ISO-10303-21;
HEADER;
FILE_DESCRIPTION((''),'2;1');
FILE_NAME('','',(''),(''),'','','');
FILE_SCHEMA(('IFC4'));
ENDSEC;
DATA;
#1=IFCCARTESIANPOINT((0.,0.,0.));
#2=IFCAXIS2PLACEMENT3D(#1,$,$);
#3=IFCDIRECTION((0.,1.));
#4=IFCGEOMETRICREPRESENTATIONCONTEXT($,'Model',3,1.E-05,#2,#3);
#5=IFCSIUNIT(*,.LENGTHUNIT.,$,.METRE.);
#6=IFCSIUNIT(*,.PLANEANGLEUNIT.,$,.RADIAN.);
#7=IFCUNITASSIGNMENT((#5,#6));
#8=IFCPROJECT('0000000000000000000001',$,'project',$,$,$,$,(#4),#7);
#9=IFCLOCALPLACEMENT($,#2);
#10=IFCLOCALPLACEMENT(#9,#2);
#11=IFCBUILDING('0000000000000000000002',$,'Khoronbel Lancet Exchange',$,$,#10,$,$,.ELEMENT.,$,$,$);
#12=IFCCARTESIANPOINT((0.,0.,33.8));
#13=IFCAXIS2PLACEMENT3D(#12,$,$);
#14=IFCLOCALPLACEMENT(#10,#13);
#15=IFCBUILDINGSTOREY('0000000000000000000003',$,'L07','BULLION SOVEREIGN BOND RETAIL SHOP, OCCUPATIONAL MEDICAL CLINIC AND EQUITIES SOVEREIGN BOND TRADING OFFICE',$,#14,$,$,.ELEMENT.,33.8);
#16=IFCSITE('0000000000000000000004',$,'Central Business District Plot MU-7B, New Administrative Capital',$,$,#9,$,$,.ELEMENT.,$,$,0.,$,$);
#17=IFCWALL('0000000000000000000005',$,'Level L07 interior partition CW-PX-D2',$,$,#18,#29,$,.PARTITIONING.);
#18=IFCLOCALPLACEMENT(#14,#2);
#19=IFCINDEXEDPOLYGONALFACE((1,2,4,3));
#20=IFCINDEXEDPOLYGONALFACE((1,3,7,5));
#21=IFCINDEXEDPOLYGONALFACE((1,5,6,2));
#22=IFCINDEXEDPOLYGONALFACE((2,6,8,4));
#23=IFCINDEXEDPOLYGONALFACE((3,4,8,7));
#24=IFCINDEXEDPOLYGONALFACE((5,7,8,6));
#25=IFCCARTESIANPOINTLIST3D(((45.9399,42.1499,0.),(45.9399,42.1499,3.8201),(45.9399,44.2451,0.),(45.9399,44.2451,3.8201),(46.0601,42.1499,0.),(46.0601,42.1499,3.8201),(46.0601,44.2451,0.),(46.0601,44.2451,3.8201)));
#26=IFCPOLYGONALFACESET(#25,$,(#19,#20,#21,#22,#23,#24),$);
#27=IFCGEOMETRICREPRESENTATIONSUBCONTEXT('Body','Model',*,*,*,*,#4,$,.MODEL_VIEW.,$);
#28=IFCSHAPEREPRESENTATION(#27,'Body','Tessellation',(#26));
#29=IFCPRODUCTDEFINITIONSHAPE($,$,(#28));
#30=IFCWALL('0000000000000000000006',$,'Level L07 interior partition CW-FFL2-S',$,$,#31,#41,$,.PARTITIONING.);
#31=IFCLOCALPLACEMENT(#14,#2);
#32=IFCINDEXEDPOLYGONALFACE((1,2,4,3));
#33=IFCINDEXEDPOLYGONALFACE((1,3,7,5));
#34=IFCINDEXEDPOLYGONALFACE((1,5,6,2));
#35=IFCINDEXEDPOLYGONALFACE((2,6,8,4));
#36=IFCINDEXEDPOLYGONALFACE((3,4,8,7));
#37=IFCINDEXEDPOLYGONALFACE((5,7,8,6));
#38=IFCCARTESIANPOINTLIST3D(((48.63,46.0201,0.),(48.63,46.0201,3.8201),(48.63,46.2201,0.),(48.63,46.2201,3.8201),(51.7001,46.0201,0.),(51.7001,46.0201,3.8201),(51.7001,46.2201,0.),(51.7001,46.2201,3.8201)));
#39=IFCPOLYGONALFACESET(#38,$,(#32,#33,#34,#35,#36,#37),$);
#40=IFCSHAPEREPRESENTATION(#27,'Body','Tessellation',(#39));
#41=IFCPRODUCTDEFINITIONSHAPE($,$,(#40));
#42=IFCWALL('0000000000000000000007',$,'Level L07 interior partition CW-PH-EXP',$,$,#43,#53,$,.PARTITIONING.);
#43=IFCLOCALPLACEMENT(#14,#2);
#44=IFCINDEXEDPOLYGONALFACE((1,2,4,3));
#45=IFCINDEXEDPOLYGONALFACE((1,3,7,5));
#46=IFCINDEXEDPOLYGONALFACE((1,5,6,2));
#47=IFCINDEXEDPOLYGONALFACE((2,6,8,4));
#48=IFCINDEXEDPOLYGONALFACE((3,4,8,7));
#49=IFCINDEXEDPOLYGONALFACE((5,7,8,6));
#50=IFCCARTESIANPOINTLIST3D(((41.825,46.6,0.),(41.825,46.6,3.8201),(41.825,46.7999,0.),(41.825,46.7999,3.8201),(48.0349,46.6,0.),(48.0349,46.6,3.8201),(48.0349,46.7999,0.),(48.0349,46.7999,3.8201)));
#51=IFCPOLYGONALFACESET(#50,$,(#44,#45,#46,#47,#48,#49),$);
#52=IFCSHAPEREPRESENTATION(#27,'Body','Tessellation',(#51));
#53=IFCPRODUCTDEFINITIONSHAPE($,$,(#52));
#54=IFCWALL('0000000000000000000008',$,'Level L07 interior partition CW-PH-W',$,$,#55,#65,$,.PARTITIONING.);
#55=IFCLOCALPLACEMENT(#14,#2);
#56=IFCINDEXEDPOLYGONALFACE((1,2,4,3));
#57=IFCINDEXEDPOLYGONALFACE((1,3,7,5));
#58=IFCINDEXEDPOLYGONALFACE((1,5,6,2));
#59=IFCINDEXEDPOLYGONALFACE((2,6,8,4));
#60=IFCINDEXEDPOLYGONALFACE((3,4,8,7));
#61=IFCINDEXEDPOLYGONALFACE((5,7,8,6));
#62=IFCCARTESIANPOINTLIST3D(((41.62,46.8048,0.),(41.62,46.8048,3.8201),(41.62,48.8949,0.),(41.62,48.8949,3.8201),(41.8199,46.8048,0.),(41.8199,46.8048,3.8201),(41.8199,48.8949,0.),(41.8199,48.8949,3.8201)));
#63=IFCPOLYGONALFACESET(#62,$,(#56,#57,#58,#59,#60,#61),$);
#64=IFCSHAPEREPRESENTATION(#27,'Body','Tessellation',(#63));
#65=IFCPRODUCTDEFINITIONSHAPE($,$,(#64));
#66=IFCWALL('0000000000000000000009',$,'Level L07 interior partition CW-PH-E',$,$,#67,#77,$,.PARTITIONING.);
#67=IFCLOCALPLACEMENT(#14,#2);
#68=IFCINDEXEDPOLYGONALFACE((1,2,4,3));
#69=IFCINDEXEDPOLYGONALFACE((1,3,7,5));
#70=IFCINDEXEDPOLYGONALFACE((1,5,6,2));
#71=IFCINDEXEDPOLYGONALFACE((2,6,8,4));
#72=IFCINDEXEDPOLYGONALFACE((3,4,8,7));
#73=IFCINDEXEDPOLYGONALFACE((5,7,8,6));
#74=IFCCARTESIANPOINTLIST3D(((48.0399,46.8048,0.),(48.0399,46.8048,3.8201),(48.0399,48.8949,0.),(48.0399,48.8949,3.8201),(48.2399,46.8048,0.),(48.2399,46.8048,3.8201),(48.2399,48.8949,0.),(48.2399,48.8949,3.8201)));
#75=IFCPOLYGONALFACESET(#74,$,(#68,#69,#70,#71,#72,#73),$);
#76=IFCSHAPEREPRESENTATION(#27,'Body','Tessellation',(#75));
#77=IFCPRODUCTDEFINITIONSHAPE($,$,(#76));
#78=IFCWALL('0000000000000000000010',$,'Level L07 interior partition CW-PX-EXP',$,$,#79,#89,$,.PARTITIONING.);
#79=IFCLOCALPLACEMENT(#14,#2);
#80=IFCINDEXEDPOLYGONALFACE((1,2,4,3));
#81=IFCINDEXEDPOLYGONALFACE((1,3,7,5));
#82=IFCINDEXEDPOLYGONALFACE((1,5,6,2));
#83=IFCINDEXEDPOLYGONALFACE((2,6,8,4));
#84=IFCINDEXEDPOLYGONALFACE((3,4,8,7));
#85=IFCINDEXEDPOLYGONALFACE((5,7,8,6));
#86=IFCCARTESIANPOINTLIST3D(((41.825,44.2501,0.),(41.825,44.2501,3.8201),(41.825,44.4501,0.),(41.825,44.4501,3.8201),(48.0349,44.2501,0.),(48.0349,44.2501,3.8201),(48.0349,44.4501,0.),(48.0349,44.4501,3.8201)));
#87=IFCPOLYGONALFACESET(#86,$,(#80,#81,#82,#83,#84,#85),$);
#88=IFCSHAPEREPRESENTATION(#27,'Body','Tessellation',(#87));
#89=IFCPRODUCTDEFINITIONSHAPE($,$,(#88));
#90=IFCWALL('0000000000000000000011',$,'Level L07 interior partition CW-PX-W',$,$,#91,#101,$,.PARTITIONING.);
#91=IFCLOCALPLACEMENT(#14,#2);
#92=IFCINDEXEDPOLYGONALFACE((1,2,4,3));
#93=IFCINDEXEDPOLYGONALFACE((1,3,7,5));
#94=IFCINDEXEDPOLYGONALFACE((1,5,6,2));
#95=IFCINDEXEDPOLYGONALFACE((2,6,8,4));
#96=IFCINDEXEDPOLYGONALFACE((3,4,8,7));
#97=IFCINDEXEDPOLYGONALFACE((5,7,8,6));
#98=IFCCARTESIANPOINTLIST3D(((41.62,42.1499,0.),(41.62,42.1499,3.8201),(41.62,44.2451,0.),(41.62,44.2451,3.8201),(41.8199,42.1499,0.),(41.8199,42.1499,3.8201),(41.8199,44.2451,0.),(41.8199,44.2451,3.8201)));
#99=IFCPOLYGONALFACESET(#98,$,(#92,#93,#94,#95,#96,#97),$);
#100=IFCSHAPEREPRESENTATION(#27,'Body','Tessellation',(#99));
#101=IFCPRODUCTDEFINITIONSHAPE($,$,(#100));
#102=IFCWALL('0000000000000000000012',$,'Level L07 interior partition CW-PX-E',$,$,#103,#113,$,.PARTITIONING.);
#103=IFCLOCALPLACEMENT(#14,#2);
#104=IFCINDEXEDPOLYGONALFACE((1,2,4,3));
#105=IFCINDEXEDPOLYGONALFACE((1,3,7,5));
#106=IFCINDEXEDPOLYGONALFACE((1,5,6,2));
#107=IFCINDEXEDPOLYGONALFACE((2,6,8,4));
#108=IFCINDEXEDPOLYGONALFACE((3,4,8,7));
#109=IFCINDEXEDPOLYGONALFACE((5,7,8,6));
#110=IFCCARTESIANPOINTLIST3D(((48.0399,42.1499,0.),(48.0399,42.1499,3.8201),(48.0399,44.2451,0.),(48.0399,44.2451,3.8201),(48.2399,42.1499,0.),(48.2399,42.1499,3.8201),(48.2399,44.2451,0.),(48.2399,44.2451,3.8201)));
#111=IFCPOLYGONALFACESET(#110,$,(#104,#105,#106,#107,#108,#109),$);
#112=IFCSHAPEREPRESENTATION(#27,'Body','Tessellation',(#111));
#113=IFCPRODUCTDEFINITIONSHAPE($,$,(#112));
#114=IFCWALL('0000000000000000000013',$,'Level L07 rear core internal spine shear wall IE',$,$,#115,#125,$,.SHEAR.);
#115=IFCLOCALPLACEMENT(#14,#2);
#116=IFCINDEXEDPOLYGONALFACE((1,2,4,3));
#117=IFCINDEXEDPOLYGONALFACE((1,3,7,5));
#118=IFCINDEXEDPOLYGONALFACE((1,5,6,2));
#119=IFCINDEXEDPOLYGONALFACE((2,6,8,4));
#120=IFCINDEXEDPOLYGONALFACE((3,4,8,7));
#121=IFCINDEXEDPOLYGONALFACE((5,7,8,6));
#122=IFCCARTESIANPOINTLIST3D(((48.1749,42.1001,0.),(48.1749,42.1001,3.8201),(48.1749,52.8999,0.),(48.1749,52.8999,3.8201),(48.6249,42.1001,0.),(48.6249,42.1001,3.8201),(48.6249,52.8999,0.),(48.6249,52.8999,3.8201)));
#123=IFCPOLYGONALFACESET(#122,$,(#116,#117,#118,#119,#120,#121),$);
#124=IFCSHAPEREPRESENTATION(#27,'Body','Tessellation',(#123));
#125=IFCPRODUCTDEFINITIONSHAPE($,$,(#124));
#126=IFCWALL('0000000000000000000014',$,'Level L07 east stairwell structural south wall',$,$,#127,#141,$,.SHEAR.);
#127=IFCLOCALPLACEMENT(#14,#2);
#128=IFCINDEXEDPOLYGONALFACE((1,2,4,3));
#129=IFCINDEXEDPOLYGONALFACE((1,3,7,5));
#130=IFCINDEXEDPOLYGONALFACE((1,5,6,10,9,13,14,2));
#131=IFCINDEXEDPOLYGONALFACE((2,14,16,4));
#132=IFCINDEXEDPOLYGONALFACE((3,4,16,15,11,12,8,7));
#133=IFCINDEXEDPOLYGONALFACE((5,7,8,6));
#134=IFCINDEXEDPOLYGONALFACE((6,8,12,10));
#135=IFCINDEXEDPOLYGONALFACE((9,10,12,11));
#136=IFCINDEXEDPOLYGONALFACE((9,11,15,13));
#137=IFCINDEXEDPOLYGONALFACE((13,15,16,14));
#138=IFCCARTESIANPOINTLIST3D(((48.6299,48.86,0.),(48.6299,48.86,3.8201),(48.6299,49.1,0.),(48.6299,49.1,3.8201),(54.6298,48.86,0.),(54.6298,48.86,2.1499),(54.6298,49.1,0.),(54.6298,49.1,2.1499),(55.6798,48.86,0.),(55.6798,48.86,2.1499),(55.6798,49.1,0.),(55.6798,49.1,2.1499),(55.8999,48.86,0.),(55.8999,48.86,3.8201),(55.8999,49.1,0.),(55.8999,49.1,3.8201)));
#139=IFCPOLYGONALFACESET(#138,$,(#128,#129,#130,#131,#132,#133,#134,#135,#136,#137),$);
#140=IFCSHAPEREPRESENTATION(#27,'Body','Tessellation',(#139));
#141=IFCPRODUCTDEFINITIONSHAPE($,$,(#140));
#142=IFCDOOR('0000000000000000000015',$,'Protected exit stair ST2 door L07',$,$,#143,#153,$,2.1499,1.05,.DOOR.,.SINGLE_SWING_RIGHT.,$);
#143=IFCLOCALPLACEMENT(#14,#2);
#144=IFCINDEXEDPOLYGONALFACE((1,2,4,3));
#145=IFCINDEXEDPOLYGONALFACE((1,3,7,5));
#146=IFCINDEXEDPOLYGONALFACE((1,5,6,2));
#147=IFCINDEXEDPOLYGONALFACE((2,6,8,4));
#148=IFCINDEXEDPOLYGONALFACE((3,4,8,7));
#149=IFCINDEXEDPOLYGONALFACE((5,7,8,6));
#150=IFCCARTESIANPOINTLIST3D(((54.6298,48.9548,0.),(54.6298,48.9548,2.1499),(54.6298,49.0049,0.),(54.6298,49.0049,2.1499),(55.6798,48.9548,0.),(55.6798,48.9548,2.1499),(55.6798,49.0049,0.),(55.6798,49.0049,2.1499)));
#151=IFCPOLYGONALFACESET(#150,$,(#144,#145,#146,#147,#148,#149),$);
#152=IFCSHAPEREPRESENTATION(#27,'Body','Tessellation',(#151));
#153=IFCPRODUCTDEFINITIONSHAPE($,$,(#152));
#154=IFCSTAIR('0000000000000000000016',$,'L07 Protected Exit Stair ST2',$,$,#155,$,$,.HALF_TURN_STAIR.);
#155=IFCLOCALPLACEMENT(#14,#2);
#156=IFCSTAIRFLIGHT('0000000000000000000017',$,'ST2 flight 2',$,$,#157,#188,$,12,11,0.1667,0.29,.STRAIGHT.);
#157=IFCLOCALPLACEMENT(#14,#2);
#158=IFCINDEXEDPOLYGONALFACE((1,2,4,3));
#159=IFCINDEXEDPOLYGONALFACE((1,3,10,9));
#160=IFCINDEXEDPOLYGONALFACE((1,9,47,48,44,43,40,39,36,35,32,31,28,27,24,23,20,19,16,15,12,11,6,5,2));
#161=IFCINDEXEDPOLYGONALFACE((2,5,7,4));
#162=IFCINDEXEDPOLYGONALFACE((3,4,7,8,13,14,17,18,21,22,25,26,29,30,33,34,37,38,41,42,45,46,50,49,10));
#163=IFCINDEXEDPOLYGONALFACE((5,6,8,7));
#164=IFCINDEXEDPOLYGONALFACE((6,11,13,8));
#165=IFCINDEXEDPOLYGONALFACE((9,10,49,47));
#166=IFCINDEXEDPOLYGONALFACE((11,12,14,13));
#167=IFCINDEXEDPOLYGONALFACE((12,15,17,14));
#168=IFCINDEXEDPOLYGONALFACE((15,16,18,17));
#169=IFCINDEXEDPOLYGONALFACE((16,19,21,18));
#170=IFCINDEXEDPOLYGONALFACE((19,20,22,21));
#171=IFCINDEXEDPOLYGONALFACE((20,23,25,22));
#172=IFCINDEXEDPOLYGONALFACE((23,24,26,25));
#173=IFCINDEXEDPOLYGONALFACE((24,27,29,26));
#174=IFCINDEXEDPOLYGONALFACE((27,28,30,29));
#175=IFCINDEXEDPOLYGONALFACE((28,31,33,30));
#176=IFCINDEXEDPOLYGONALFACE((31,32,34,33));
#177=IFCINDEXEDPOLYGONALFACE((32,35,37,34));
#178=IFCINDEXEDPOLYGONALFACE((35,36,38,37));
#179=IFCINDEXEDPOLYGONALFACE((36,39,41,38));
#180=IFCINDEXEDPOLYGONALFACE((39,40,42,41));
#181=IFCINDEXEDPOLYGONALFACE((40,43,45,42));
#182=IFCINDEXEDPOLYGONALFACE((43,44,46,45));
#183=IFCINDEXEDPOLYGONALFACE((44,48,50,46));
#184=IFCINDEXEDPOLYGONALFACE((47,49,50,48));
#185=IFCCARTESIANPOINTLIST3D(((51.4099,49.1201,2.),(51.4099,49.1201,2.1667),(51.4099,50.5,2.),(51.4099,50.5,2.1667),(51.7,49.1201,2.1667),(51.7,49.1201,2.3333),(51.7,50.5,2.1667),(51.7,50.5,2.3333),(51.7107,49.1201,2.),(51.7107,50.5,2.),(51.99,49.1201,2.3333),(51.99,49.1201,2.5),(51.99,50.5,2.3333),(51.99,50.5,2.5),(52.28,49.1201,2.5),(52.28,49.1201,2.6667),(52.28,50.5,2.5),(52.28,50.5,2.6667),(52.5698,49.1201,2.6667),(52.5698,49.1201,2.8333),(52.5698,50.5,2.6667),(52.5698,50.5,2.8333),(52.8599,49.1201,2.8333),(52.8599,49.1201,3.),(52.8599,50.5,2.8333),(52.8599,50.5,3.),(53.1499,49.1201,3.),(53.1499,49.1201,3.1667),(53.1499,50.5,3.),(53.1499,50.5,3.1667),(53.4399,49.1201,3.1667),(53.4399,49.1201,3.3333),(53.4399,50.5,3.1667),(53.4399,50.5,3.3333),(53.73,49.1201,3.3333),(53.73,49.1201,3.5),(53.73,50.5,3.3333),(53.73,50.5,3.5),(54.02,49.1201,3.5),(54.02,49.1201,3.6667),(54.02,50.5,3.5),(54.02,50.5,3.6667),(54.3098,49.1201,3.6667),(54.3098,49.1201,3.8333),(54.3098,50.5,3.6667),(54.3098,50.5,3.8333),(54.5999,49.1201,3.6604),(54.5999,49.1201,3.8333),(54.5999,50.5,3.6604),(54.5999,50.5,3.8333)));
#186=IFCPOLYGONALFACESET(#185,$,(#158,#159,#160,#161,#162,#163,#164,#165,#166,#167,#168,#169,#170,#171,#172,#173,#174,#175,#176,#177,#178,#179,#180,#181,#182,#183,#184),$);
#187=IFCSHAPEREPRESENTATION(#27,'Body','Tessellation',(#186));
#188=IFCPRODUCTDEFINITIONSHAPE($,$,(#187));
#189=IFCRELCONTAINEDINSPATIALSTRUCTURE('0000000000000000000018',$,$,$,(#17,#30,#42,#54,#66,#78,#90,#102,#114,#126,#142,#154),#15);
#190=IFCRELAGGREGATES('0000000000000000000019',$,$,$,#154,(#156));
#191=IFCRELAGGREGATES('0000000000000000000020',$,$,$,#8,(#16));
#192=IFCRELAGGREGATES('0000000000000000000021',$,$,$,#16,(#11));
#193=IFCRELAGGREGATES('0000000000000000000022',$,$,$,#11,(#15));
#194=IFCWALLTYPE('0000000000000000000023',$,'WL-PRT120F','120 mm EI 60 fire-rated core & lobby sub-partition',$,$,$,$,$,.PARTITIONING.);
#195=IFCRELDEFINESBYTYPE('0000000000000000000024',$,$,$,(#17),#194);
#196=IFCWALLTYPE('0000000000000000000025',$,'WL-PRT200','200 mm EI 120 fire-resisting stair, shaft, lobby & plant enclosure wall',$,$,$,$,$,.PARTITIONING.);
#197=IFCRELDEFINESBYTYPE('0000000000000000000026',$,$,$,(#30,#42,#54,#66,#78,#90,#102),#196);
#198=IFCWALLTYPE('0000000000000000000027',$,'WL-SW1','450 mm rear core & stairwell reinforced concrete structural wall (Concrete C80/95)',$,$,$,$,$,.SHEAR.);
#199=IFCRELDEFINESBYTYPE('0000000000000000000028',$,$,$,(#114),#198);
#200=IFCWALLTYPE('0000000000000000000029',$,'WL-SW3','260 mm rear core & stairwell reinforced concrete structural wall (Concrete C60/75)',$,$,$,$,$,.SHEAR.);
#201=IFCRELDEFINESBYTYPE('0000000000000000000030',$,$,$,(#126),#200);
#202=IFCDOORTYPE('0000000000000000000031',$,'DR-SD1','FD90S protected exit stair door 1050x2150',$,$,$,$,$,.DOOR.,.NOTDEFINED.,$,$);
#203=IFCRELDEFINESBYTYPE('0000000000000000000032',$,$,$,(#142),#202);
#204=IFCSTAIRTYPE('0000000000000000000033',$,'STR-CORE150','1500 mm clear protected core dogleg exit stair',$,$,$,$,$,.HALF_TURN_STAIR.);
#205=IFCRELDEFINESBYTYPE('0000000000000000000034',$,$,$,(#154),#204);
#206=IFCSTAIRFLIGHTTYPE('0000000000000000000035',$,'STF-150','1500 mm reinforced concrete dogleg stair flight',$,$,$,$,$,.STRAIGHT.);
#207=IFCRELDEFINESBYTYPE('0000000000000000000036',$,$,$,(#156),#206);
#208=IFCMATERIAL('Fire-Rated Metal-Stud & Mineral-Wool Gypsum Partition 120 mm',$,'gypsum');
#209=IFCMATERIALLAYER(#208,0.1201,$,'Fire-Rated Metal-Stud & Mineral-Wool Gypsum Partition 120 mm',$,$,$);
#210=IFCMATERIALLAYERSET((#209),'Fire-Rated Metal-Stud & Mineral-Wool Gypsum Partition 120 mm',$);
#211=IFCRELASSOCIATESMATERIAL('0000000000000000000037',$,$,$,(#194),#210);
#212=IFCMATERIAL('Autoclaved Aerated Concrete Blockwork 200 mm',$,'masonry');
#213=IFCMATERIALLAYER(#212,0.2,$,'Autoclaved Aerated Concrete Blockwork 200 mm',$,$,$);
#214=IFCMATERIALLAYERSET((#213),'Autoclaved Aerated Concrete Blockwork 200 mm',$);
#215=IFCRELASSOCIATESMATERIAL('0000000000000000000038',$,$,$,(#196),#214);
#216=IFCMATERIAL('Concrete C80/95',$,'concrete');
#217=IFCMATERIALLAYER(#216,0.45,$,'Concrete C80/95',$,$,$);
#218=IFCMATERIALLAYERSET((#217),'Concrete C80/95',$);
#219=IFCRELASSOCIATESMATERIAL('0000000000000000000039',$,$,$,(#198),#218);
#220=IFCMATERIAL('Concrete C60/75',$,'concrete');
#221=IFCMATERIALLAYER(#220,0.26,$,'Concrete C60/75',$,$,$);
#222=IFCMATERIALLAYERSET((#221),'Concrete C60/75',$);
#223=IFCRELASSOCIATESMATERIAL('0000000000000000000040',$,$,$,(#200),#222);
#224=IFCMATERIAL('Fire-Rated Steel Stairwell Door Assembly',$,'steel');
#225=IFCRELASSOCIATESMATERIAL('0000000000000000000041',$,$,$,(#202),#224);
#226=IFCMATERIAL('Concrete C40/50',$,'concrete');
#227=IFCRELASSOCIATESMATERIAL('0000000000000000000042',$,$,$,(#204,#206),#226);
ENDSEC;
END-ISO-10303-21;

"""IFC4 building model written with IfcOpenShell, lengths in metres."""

from ifc_helpers import new_model, si_unit, direction, frame, frame_2d, origin, place, context, subcontext, project, spatial, polyline, rectangle, outline, extrude, material, layer, layer_set, type_object, element, fill, aggregate, save


model = new_model("IFC4")

# Units and contexts
model_context = context("Model", 3, precision=1e-05, world=origin(), true_north=direction((0.0, 1.0)))
body_context = subcontext(model_context, "Body", "Model", "MODEL_VIEW")
ifc_project = project(units=[si_unit("LENGTHUNIT", "METRE"), si_unit("PLANEANGLEUNIT", "RADIAN")], contexts=[model_context])

# Site, building, storey
site_placement = place(None, origin())
site = spatial("IfcSite", under=ifc_project, at=site_placement, Name="Central Business District Plot MU-7B, New Administrative Capital", CompositionType="ELEMENT", RefElevation=0.0)
building_placement = place(site_placement, origin())
building = spatial("IfcBuilding", under=site, at=building_placement, Name="Khoronbel Lancet Exchange", CompositionType="ELEMENT")
storey_placement = place(building_placement, frame((0.0, 0.0, 33.8)))
storey = spatial("IfcBuildingStorey", under=building, at=storey_placement, Name="L07", Description="BULLION SOVEREIGN BOND RETAIL SHOP, OCCUPATIONAL MEDICAL CLINIC AND EQUITIES SOVEREIGN BOND TRADING OFFICE", CompositionType="ELEMENT", Elevation=33.8)

# Walls
ifc_material_1 = material(Name="Fire-Rated Metal-Stud & Mineral-Wool Gypsum Partition 120 mm", Category="gypsum")
ifc_layer_1 = layer(ifc_material_1, 0.1201, Name="Fire-Rated Metal-Stud & Mineral-Wool Gypsum Partition 120 mm")
ifc_layer_set_1 = layer_set([ifc_layer_1], Name="Fire-Rated Metal-Stud & Mineral-Wool Gypsum Partition 120 mm")
wall_type_1 = type_object("IfcWallType", Name="WL-PRT120F", Description="120 mm EI 60 fire-rated core & lobby sub-partition", PredefinedType="PARTITIONING", material=ifc_layer_set_1)
for number, where, z_axis, x_axis, name in (
    (1, (46.0, 42.1499, 0.0), (0.0, 0.0, 1.0), (0.0, 1.0, 0.0), "Level L07 interior partition CW-PX-D2"),
):
    element("IfcWall", number, at=place(storey_placement, frame(where, z_axis=z_axis, x_axis=x_axis)), inside=storey, type_object=wall_type_1, Name=name, PredefinedType="PARTITIONING", context=body_context, shape_type="SweptSolid", body=[
        extrude(rectangle(XDim=2.0952, YDim=0.1201, at=frame_2d((1.0476, 0.0))), origin(), (0.0, 0.0, 1.0), 3.8201),
    ])
ifc_material_2 = material(Name="Autoclaved Aerated Concrete Blockwork 200 mm", Category="masonry")
ifc_layer_2 = layer(ifc_material_2, 0.2, Name="Autoclaved Aerated Concrete Blockwork 200 mm")
ifc_layer_set_2 = layer_set([ifc_layer_2], Name="Autoclaved Aerated Concrete Blockwork 200 mm")
wall_type_2 = type_object("IfcWallType", Name="WL-PRT200", Description="200 mm EI 120 fire-resisting stair, shaft, lobby & plant enclosure wall", PredefinedType="PARTITIONING", material=ifc_layer_set_2)
wall_1_placement = place(storey_placement, frame((48.6299, 46.1201, 0.0), z_axis=(0.0, 0.0, 1.0), x_axis=(1.0, 0.0, 0.0)))
element("IfcWall", 2, at=wall_1_placement, inside=storey, type_object=wall_type_2, Name="Level L07 interior partition CW-FFL2-S", PredefinedType="PARTITIONING", context=body_context, shape_type="SweptSolid", body=[
    extrude(rectangle(XDim=3.0701, YDim=0.2, at=frame_2d((1.5352, 0.0))), origin(), (0.0, 0.0, 1.0), 3.8201),
])
wall_2_placement = place(storey_placement, frame((41.825, 46.7, 0.0), z_axis=(0.0, 0.0, 1.0), x_axis=(1.0, 0.0, 0.0)))
element("IfcWall", 3, at=wall_2_placement, inside=storey, type_object=wall_type_2, Name="Level L07 interior partition CW-PH-EXP", PredefinedType="PARTITIONING", context=body_context, shape_type="SweptSolid", body=[
    extrude(rectangle(XDim=6.21, YDim=0.2, at=frame_2d((3.105, 0.0))), origin(), (0.0, 0.0, 1.0), 3.8201),
])
for number, where, z_axis, x_axis, name in (
    (4, (41.72, 46.8049, 0.0), (0.0, 0.0, 1.0), (0.0, 1.0, 0.0), "Level L07 interior partition CW-PH-W"),
    (5, (48.1399, 46.8049, 0.0), (0.0, 0.0, 1.0), (0.0, 1.0, 0.0), "Level L07 interior partition CW-PH-E"),
):
    element("IfcWall", number, at=place(storey_placement, frame(where, z_axis=z_axis, x_axis=x_axis)), inside=storey, type_object=wall_type_2, Name=name, PredefinedType="PARTITIONING", context=body_context, shape_type="SweptSolid", body=[
        extrude(rectangle(XDim=2.0901, YDim=0.2, at=frame_2d((1.0449, 0.0))), origin(), (0.0, 0.0, 1.0), 3.8201),
    ])
wall_3_placement = place(storey_placement, frame((41.825, 44.3501, 0.0), z_axis=(0.0, 0.0, 1.0), x_axis=(1.0, 0.0, 0.0)))
element("IfcWall", 6, at=wall_3_placement, inside=storey, type_object=wall_type_2, Name="Level L07 interior partition CW-PX-EXP", PredefinedType="PARTITIONING", context=body_context, shape_type="SweptSolid", body=[
    extrude(rectangle(XDim=6.21, YDim=0.2, at=frame_2d((3.105, 0.0))), origin(), (0.0, 0.0, 1.0), 3.8201),
])
for number, where, z_axis, x_axis, name in (
    (7, (41.72, 42.1499, 0.0), (0.0, 0.0, 1.0), (0.0, 1.0, 0.0), "Level L07 interior partition CW-PX-W"),
    (8, (48.1399, 42.1499, 0.0), (0.0, 0.0, 1.0), (0.0, 1.0, 0.0), "Level L07 interior partition CW-PX-E"),
):
    element("IfcWall", number, at=place(storey_placement, frame(where, z_axis=z_axis, x_axis=x_axis)), inside=storey, type_object=wall_type_2, Name=name, PredefinedType="PARTITIONING", context=body_context, shape_type="SweptSolid", body=[
        extrude(rectangle(XDim=2.0952, YDim=0.2, at=frame_2d((1.0476, 0.0))), origin(), (0.0, 0.0, 1.0), 3.8201),
    ])
ifc_material_3 = material(Name="Concrete C80/95", Category="concrete")
ifc_layer_3 = layer(ifc_material_3, 0.45, Name="Concrete C80/95")
ifc_layer_set_3 = layer_set([ifc_layer_3], Name="Concrete C80/95")
wall_type_3 = type_object("IfcWallType", Name="WL-SW1", Description="450 mm rear core & stairwell reinforced concrete structural wall (Concrete C80/95)", PredefinedType="SHEAR", material=ifc_layer_set_3)
wall_4_placement = place(storey_placement, frame((48.3999, 42.1001, 0.0), z_axis=(0.0, 0.0, 1.0), x_axis=(0.0, 1.0, 0.0)))
element("IfcWall", 9, at=wall_4_placement, inside=storey, type_object=wall_type_3, Name="Level L07 rear core internal spine shear wall IE", PredefinedType="SHEAR", context=body_context, shape_type="SweptSolid", body=[
    extrude(rectangle(XDim=10.7998, YDim=0.45, at=frame_2d((5.3999, 0.0))), origin(), (0.0, 0.0, 1.0), 3.8201),
])

# Wall, opening, door
ifc_material_4 = material(Name="Concrete C60/75", Category="concrete")
ifc_layer_4 = layer(ifc_material_4, 0.26, Name="Concrete C60/75")
ifc_layer_set_4 = layer_set([ifc_layer_4], Name="Concrete C60/75")
wall_type_4 = type_object("IfcWallType", Name="WL-SW3", Description="260 mm rear core & stairwell reinforced concrete structural wall (Concrete C60/75)", PredefinedType="SHEAR", material=ifc_layer_set_4)
wall_5_placement = place(storey_placement, frame((48.6299, 48.98, 0.0), z_axis=(0.0, 0.0, 1.0), x_axis=(1.0, 0.0, 0.0)))
wall_5 = element("IfcWall", 10, at=wall_5_placement, inside=storey, type_object=wall_type_4, Name="Level L07 east stairwell structural south wall", PredefinedType="SHEAR", context=body_context, shape_type="SweptSolid", body=[
    extrude(rectangle(XDim=7.27, YDim=0.24, at=frame_2d((3.635, 0.0))), origin(), (0.0, 0.0, 1.0), 3.8201),
])
opening_placement = place(wall_5_placement, frame((6.0, 0.0, 0.0)))
opening = element("IfcOpeningElement", 11, at=opening_placement, cuts=wall_5, PredefinedType="OPENING", context=body_context, shape_type="SweptSolid", body=[
    extrude(rectangle(XDim=1.05, YDim=2.1499, at=frame_2d((0.5249, 1.075))), frame((0.0, 0.1299, 0.0), z_axis=(0.0, -1.0, 0.0), x_axis=(1.0, 0.0, 0.0)), (0.0, 0.0, 1.0), 0.26),
])
ifc_material_5 = material(Name="Fire-Rated Steel Stairwell Door Assembly", Category="steel")
door_type = type_object("IfcDoorType", Name="DR-SD1", Description="FD90S protected exit stair door 1050x2150", OperationType="NOTDEFINED", PredefinedType="DOOR", material=ifc_material_5)
door_placement = place(opening_placement, origin())
door = element("IfcDoor", 12, at=door_placement, inside=storey, type_object=door_type, Name="Protected exit stair ST2 door L07", OperationType="SINGLE_SWING_RIGHT", OverallHeight=2.1499, OverallWidth=1.05, PredefinedType="DOOR", context=body_context, shape_type="SweptSolid", body=[
    extrude(rectangle(XDim=1.05, YDim=2.1499, at=frame_2d((0.5249, 1.075))), frame((0.0, 0.0249, 0.0), z_axis=(0.0, -1.0, 0.0), x_axis=(1.0, 0.0, 0.0)), (0.0, 0.0, 1.0), 0.05),
])
fill(opening, door)

# Stair, stair flight
ifc_material_6 = material(Name="Concrete C40/50", Category="concrete")
stair_type = type_object("IfcStairType", Name="STR-CORE150", Description="1500 mm clear protected core dogleg exit stair", PredefinedType="HALF_TURN_STAIR", material=ifc_material_6)
stair_placement = place(storey_placement, origin())
stair = element("IfcStair", 13, at=stair_placement, inside=storey, type_object=stair_type, Name="L07 Protected Exit Stair ST2", PredefinedType="HALF_TURN_STAIR")
stair_flight_type = type_object("IfcStairFlightType", Name="STF-150", Description="1500 mm reinforced concrete dogleg stair flight", PredefinedType="STRAIGHT", material=ifc_material_6)
stair_flight_placement = place(storey_placement, frame((51.4099, 49.8101, 2.0), z_axis=(0.0, 0.0, 1.0), x_axis=(1.0, 0.0, 0.0)))
stair_flight = element("IfcStairFlight", 14, at=stair_flight_placement, type_object=stair_flight_type, Name="ST2 flight 2", NumberOfRisers=12, NumberOfTreads=11, PredefinedType="STRAIGHT", RiserHeight=0.1667, TreadLength=0.29, context=body_context, shape_type="SweptSolid", body=[
    extrude(outline(polyline([(0.0, 0.0), (0.0, 0.1667), (0.29, 0.1667), (0.29, 0.3333), (0.5801, 0.3333), (0.5801, 0.5), (0.8701, 0.5), (0.8701, 0.6667), (1.1599, 0.6667), (1.1599, 0.8333), (1.45, 0.8333), (1.45, 1.0), (1.74, 1.0), (1.74, 1.1667), (2.03, 1.1667), (2.03, 1.3333), (2.3201, 1.3333), (2.3201, 1.5), (2.6101, 1.5), (2.6101, 1.6667), (2.8999, 1.6667), (2.8999, 1.8333), (3.1899, 1.8333), (3.1899, 2.0), (3.1899, 1.6604), (0.3008, 0.0), (0.0, 0.0)])), frame((0.0, 0.6899, 0.0), z_axis=(0.0, -1.0, 0.0), x_axis=(1.0, 0.0, 0.0)), (0.0, 0.0, 1.0), 1.3799),
])
aggregate(stair, [stair_flight])

save(model, "model.ifc")
